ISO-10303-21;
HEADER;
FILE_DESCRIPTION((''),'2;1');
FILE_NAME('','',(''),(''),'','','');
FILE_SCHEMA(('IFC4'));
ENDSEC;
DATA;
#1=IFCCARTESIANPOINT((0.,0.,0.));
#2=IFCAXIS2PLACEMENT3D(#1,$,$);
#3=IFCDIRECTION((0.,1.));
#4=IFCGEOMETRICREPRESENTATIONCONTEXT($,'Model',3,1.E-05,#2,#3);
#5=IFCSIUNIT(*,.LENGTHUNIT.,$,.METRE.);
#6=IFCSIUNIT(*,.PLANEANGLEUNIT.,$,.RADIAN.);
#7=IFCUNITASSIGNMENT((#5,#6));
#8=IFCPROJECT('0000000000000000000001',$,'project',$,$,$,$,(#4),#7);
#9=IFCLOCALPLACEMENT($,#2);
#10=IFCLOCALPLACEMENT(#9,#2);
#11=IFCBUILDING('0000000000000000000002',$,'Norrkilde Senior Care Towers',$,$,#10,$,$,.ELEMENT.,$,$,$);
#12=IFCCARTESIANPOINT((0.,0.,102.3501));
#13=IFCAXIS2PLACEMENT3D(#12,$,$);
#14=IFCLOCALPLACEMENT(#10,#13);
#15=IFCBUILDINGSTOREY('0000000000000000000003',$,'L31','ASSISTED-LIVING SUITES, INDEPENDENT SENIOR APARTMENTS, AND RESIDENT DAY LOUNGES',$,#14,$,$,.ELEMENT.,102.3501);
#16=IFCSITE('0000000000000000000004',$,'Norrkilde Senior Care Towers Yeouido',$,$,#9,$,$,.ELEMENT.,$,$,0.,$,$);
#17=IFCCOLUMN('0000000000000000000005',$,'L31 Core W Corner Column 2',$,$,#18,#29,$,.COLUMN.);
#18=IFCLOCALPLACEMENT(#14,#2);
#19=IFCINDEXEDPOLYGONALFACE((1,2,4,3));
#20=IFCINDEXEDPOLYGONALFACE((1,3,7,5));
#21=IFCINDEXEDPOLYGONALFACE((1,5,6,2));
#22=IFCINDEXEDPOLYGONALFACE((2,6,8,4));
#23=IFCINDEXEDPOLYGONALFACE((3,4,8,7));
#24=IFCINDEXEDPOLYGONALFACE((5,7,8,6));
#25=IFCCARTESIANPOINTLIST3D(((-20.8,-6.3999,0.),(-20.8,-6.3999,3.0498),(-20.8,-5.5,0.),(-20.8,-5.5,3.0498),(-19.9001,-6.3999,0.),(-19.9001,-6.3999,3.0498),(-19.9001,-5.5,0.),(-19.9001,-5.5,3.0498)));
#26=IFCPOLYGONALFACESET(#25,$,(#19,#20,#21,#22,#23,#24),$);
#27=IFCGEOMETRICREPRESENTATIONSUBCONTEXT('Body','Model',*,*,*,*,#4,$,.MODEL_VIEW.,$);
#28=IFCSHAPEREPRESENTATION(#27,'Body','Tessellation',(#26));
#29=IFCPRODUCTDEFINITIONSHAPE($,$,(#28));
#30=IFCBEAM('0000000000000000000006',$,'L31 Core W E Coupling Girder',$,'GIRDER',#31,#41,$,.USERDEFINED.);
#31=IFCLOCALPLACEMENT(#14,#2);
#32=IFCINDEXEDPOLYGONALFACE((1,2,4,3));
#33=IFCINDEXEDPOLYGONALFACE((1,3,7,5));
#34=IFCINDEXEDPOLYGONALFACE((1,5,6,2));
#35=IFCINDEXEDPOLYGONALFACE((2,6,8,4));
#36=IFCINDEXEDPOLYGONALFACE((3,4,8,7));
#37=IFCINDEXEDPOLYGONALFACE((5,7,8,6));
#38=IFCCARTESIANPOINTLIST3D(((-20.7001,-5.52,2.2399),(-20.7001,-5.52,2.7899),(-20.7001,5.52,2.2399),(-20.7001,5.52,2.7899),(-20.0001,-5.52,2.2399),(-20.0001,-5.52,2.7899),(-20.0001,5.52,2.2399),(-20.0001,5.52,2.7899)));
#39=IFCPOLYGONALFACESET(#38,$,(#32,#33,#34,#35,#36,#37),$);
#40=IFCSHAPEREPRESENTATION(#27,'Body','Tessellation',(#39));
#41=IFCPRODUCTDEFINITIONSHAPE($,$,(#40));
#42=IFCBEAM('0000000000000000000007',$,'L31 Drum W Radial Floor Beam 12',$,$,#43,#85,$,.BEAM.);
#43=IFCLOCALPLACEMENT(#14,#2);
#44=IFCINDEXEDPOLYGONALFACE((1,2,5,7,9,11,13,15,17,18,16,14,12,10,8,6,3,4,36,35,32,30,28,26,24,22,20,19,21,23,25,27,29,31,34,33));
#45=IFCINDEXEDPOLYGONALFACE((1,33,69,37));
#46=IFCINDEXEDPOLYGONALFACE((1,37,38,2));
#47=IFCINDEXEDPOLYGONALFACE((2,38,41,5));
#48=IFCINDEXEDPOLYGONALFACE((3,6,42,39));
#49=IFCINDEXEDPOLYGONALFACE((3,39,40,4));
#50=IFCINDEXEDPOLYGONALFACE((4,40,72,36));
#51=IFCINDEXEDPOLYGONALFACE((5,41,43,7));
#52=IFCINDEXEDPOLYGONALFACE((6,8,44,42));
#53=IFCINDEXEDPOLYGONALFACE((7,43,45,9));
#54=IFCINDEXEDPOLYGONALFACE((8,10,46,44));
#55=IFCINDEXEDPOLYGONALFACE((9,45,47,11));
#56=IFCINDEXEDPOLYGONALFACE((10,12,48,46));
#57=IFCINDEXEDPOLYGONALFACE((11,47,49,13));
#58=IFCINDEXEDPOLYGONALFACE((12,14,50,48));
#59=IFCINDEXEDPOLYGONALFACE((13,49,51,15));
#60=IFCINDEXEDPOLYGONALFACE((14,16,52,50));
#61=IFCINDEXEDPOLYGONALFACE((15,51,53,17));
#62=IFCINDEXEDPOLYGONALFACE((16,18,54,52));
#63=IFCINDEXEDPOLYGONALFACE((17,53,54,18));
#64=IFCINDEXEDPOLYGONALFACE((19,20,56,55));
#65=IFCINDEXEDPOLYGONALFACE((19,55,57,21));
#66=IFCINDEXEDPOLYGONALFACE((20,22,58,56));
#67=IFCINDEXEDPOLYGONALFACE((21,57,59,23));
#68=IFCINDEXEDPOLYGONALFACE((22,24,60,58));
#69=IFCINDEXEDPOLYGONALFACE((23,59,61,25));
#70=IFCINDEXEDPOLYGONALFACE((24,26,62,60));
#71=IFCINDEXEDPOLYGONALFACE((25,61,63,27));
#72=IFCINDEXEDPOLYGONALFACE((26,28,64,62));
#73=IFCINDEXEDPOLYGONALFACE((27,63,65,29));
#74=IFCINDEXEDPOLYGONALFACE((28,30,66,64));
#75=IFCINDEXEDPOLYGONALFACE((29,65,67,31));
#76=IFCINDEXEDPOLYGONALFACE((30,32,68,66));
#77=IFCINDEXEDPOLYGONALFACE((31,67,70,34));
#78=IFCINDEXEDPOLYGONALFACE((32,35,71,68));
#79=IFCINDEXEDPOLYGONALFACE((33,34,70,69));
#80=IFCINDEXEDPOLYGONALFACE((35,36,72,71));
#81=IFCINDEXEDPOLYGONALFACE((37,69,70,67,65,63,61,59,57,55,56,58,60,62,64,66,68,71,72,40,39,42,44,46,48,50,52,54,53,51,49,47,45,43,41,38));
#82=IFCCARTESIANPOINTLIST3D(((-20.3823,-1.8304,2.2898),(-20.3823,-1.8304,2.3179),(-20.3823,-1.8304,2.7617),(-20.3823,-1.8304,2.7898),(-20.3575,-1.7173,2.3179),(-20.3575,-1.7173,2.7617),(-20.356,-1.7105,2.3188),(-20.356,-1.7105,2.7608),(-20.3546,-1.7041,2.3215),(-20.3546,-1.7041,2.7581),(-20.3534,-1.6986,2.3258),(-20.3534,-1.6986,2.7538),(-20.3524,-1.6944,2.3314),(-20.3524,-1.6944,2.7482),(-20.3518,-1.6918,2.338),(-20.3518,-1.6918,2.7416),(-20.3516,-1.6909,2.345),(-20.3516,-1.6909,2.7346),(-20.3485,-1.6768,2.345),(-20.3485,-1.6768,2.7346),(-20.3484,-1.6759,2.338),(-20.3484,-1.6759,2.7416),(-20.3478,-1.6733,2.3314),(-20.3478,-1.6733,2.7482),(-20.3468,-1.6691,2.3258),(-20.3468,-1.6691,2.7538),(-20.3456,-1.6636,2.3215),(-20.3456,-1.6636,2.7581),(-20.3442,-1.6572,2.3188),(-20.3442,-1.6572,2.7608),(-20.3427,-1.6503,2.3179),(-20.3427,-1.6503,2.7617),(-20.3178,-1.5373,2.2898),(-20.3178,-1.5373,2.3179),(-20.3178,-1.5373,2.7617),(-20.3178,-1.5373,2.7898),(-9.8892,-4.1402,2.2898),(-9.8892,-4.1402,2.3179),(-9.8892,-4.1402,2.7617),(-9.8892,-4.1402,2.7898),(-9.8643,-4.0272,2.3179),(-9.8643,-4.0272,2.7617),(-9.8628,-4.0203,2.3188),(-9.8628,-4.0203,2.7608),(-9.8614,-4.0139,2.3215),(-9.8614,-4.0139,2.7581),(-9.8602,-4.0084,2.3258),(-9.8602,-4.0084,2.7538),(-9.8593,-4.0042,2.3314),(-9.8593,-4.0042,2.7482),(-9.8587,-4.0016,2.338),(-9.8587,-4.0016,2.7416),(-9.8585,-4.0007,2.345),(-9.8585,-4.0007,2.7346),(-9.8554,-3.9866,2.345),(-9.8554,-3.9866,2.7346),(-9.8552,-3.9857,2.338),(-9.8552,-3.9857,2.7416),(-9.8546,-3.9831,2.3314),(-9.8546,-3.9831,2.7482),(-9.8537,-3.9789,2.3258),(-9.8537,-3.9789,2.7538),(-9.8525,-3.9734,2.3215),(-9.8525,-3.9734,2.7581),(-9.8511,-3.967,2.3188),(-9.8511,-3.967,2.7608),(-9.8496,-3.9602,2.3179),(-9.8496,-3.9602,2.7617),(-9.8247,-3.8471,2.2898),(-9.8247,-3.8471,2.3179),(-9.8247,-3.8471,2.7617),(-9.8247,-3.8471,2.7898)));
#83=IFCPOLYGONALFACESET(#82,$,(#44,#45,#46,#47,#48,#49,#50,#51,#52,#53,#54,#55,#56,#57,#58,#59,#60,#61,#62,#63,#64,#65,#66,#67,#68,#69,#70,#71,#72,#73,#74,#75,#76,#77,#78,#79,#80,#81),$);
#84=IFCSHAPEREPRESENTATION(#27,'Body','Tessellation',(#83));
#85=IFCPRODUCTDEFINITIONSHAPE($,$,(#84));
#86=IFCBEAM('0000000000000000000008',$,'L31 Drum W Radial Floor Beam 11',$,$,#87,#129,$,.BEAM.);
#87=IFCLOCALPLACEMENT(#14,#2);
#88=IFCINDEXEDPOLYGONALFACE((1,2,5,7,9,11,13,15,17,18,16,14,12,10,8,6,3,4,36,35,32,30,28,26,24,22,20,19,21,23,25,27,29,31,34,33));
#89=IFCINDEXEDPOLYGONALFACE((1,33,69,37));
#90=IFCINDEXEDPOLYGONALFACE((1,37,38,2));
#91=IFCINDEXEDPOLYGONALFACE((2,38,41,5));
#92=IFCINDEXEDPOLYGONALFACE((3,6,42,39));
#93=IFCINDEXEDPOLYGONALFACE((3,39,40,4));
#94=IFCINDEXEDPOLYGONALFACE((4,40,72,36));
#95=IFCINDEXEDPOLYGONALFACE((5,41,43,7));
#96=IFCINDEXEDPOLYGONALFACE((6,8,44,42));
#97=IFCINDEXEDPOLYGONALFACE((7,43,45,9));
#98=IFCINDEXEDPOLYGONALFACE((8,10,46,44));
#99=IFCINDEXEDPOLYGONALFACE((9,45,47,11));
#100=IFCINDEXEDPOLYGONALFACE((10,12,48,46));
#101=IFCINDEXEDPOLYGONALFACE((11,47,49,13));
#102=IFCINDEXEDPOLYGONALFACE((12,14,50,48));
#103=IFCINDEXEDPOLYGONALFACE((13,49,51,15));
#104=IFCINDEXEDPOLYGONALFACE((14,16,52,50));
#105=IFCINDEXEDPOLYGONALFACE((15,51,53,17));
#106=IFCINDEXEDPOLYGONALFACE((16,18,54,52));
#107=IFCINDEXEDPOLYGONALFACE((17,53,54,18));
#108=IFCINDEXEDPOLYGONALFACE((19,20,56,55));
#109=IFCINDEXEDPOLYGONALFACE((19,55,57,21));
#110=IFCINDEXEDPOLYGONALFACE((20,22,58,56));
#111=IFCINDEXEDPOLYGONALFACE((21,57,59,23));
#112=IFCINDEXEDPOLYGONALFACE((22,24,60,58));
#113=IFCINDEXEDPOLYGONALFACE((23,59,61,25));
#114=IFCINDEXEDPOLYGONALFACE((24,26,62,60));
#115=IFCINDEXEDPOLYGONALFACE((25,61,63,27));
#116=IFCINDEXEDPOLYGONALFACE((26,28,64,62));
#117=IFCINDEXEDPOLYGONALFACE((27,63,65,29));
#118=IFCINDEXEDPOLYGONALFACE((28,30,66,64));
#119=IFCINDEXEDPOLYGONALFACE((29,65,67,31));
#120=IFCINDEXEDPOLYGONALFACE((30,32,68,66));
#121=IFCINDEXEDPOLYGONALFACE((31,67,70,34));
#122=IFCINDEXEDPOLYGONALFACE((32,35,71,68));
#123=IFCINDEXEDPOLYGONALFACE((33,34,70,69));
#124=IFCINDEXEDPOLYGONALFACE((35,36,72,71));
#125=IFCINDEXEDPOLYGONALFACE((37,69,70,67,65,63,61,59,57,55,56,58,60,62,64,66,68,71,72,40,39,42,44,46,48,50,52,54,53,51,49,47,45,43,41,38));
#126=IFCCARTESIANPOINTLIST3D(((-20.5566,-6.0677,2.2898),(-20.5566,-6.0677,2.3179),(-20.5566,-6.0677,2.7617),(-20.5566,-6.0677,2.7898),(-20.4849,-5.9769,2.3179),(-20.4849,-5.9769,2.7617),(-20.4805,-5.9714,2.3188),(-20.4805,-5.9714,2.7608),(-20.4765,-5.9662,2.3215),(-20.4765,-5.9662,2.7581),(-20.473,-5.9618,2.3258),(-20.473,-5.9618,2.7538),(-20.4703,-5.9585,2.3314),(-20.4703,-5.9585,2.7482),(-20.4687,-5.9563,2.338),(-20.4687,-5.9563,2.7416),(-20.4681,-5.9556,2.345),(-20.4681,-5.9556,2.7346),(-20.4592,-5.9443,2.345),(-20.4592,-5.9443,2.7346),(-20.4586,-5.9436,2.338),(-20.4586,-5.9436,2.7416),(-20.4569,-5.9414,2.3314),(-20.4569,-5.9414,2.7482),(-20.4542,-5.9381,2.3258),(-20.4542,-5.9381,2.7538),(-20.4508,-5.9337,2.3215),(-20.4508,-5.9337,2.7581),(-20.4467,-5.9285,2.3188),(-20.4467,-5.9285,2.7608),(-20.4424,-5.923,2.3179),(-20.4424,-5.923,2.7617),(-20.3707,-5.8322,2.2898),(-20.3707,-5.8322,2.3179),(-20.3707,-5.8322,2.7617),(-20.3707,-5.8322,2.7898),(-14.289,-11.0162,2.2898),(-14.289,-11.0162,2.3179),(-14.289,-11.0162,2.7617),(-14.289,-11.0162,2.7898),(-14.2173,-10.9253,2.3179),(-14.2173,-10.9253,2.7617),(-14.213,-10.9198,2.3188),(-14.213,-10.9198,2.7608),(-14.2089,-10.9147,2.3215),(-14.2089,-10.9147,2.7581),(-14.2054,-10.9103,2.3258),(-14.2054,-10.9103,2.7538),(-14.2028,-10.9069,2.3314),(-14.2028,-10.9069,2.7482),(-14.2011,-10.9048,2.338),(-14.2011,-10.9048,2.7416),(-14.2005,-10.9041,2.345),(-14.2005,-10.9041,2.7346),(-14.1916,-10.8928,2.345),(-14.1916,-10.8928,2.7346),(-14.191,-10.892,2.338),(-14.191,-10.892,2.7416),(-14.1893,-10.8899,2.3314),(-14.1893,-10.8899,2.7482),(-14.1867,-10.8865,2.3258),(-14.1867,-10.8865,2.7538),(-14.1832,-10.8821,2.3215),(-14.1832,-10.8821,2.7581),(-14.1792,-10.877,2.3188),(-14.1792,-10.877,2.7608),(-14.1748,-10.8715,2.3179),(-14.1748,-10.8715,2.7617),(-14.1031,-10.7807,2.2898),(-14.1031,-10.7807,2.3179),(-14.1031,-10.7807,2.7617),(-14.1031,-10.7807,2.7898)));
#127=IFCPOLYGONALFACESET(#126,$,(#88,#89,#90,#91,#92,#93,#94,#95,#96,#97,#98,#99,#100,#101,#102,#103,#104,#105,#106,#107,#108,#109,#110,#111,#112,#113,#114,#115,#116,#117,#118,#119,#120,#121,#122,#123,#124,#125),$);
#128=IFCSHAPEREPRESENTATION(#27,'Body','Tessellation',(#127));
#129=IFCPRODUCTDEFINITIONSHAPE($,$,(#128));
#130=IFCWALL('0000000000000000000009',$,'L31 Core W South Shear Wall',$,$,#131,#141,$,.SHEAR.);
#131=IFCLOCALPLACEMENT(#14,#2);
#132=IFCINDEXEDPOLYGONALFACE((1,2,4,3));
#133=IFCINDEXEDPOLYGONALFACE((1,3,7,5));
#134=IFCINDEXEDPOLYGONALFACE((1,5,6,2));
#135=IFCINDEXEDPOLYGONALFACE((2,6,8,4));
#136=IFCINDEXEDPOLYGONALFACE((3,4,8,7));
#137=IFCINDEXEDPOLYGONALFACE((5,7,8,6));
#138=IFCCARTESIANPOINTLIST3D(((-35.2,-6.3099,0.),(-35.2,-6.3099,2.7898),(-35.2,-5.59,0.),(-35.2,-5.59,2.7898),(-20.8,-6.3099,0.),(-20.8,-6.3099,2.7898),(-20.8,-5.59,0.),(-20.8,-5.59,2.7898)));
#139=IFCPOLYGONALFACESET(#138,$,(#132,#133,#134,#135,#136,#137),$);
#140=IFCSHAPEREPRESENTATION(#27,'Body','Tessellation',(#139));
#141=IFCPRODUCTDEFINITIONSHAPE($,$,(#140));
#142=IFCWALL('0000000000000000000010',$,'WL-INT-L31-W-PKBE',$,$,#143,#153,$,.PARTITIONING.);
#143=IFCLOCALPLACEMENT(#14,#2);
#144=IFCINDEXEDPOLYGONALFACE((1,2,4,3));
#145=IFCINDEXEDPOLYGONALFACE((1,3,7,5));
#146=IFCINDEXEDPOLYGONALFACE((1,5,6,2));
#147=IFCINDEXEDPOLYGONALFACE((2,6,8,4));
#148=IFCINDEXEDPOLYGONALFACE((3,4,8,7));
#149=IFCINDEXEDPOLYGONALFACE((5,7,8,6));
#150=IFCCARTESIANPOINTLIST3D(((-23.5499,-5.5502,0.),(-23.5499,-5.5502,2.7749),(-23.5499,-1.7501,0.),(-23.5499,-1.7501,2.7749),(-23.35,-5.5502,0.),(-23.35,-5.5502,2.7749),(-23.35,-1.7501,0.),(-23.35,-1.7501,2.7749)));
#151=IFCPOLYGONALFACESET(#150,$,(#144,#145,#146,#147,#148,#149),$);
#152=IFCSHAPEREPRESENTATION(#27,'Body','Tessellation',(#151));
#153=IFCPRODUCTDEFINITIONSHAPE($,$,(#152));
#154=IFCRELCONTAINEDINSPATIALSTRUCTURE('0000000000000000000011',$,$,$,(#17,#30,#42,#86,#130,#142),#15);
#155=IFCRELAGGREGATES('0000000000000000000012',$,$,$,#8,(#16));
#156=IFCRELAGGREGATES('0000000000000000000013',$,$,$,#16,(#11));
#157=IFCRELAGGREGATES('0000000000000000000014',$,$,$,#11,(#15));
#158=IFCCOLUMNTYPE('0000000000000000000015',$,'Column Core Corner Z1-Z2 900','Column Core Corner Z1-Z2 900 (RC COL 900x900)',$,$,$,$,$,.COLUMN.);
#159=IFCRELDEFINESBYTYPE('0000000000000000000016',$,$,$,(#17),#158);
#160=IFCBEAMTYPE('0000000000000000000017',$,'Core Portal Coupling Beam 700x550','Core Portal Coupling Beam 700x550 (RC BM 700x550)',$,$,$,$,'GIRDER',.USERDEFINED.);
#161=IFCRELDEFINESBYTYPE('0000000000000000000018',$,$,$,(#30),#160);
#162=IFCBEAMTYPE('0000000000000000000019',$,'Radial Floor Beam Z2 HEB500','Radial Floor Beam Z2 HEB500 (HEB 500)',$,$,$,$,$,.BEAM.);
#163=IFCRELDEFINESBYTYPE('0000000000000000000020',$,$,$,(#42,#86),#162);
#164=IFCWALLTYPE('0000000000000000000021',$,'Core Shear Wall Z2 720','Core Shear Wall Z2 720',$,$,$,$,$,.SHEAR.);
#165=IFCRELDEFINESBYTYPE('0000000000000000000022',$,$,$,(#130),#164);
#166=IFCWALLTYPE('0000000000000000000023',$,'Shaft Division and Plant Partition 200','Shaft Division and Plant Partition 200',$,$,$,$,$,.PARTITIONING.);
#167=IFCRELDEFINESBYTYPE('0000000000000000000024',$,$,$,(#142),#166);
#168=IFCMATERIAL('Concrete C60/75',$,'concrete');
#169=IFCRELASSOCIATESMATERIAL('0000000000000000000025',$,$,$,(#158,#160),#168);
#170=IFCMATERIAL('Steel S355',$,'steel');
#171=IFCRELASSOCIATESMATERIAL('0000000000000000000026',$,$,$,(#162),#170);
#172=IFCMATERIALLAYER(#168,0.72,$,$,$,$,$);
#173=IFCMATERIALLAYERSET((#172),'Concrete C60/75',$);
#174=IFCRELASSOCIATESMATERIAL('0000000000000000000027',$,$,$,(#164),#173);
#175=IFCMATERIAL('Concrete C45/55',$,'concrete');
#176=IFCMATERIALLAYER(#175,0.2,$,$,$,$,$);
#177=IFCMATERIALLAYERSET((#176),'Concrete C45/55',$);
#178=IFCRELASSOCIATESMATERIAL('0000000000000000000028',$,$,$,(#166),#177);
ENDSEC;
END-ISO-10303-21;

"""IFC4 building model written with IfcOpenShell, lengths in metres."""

from ifc_helpers import new_model, si_unit, direction, frame, frame_2d, origin, origin_2d, place, context, subcontext, project, spatial, rectangle, i_section, extrude, source, transform, mapped, material, layer, layer_set, material_profile, profile_set, type_object, type_shapes, element, save


model = new_model("IFC4")

# Units and contexts
model_context = context("Model", 3, precision=1e-05, world=origin(), true_north=direction((0.0, 1.0)))
body_context = subcontext(model_context, "Body", "Model", "MODEL_VIEW")
ifc_project = project(units=[si_unit("LENGTHUNIT", "METRE"), si_unit("PLANEANGLEUNIT", "RADIAN")], contexts=[model_context])

# Site, building, storey
site_placement = place(None, origin())
site = spatial("IfcSite", under=ifc_project, at=site_placement, Name="Norrkilde Senior Care Towers Yeouido", CompositionType="ELEMENT", RefElevation=0.0)
building_placement = place(site_placement, origin())
building = spatial("IfcBuilding", under=site, at=building_placement, Name="Norrkilde Senior Care Towers", CompositionType="ELEMENT")
storey_placement = place(building_placement, frame((0.0, 0.0, 102.3501)))
storey = spatial("IfcBuildingStorey", under=building, at=storey_placement, Name="L31", Description="ASSISTED-LIVING SUITES, INDEPENDENT SENIOR APARTMENTS, AND RESIDENT DAY LOUNGES", CompositionType="ELEMENT", Elevation=102.3501)

# Column
ifc_material_1 = material(Name="Concrete C60/75", Category="concrete")
ifc_material_profile_1 = material_profile(ifc_material_1, rectangle(XDim=0.8999, YDim=0.8999, at=origin_2d()), Name="RC COL 900x900")
ifc_profile_set_1 = profile_set([ifc_material_profile_1], Name="Concrete C60/75")
column_type = type_object("IfcColumnType", Name="Column Core Corner Z1-Z2 900", Description="Column Core Corner Z1-Z2 900 (RC COL 900x900)", PredefinedType="COLUMN", material=ifc_profile_set_1)
shared_shape_1 = source(origin(), body_context, "Body", "SweptSolid", [
    extrude(rectangle(XDim=0.8999, YDim=0.8999, at=origin_2d()), origin(), (0.0, 0.0, 1.0), 3.0498),
])
type_shapes(column_type, [shared_shape_1])
column_placement = place(storey_placement, frame((-20.3501, -5.95, 0.0), z_axis=(0.0, 0.0, 1.0), x_axis=(1.0, 0.0, 0.0)))
element("IfcColumn", 1, at=column_placement, inside=storey, type_object=column_type, Name="L31 Core W Corner Column 2", PredefinedType="COLUMN", context=body_context, shape_type="MappedRepresentation", body=[
    mapped(shared_shape_1, transform((0.0, 0.0, 0.0), x_axis=(1.0, 0.0, 0.0), y_axis=(0.0, 1.0, 0.0), z_axis=(0.0, 0.0, 1.0), scale=1.0)),
])

# Beams
ifc_material_profile_2 = material_profile(ifc_material_1, rectangle(XDim=0.7, YDim=0.55, at=origin_2d()), Name="RC BM 700x550")
ifc_profile_set_2 = profile_set([ifc_material_profile_2], Name="Concrete C60/75")
beam_type_1 = type_object("IfcBeamType", Name="Core Portal Coupling Beam 700x550", Description="Core Portal Coupling Beam 700x550 (RC BM 700x550)", ElementType="GIRDER", PredefinedType="USERDEFINED", material=ifc_profile_set_2)
shared_shape_2 = source(origin(), body_context, "Body", "SweptSolid", [
    extrude(rectangle(XDim=0.7, YDim=0.55, at=origin_2d()), origin(), (0.0, 0.0, 1.0), 11.04),
])
type_shapes(beam_type_1, [shared_shape_2])
beam_1_placement = place(storey_placement, frame((-20.3501, -5.52, 2.5149), z_axis=(0.0, 1.0, 0.0), x_axis=(-1.0, 0.0, 0.0)))
element("IfcBeam", 2, at=beam_1_placement, inside=storey, type_object=beam_type_1, Name="L31 Core W E Coupling Girder", ObjectType="GIRDER", PredefinedType="USERDEFINED", context=body_context, shape_type="MappedRepresentation", body=[
    mapped(shared_shape_2, transform((0.0, 0.0, 0.0), x_axis=(1.0, 0.0, 0.0), y_axis=(0.0, 1.0, 0.0), z_axis=(0.0, 0.0, 1.0), scale=1.0)),
])
ifc_material_2 = material(Name="Steel S355", Category="steel")
ifc_material_profile_3 = material_profile(ifc_material_2, i_section(OverallWidth=0.3, OverallDepth=0.5, WebThickness=0.0144, FlangeThickness=0.0281, FilletRadius=0.0271, at=origin_2d()), Name="HEB 500")
ifc_profile_set_3 = profile_set([ifc_material_profile_3], Name="Steel S355")
beam_type_2 = type_object("IfcBeamType", Name="Radial Floor Beam Z2 HEB500", Description="Radial Floor Beam Z2 HEB500 (HEB 500)", PredefinedType="BEAM", material=ifc_profile_set_3)
shared_shape_3 = source(origin(), body_context, "Body", "SweptSolid", [
    extrude(i_section(OverallWidth=0.3, OverallDepth=0.5, WebThickness=0.0144, FlangeThickness=0.0281, FilletRadius=0.0271, at=origin_2d()), origin(), (0.0, 0.0, 1.0), 10.7444),
])
beam_2_placement = place(storey_placement, frame((-20.3501, -1.6838, 2.5398), z_axis=(0.976619, -0.214979, 0.0), x_axis=(0.214979, 0.976619, 0.0)))
element("IfcBeam", 3, at=beam_2_placement, inside=storey, type_object=beam_type_2, Name="L31 Drum W Radial Floor Beam 12", PredefinedType="BEAM", context=body_context, shape_type="MappedRepresentation", body=[
    mapped(shared_shape_3, transform((0.0, 0.0, 0.0), x_axis=(1.0, 0.0, 0.0), y_axis=(0.0, 1.0, 0.0), z_axis=(0.0, 0.0, 1.0), scale=1.0)),
])
shared_shape_4 = source(origin(), body_context, "Body", "SweptSolid", [
    extrude(i_section(OverallWidth=0.3, OverallDepth=0.5, WebThickness=0.0144, FlangeThickness=0.0281, FilletRadius=0.0271, at=origin_2d()), origin(), (0.0, 0.0, 1.0), 7.9856),
])
type_shapes(beam_type_2, [shared_shape_3, shared_shape_4])
beam_3_placement = place(storey_placement, frame((-20.4636, -5.95, 2.5398), z_axis=(0.784859, -0.619675, 0.0), x_axis=(0.619675, 0.784859, 0.0)))
element("IfcBeam", 4, at=beam_3_placement, inside=storey, type_object=beam_type_2, Name="L31 Drum W Radial Floor Beam 11", PredefinedType="BEAM", context=body_context, shape_type="MappedRepresentation", body=[
    mapped(shared_shape_4, transform((0.0, 0.0, 0.0), x_axis=(1.0, 0.0, 0.0), y_axis=(0.0, 1.0, 0.0), z_axis=(0.0, 0.0, 1.0), scale=1.0)),
])

# Walls
ifc_layer_1 = layer(ifc_material_1, 0.72)
ifc_layer_set_1 = layer_set([ifc_layer_1], Name="Concrete C60/75")
wall_type_1 = type_object("IfcWallType", Name="Core Shear Wall Z2 720", Description="Core Shear Wall Z2 720", PredefinedType="SHEAR", material=ifc_layer_set_1)
shared_shape_5 = source(origin(), body_context, "Body", "SweptSolid", [
    extrude(rectangle(XDim=14.3999, YDim=0.72, at=frame_2d((7.2, 0.0))), origin(), (0.0, 0.0, 1.0), 2.7898),
])
type_shapes(wall_type_1, [shared_shape_5])
wall_1_placement = place(storey_placement, frame((-20.8, -5.95, 0.0), z_axis=(0.0, 0.0, 1.0), x_axis=(-1.0, 0.0, 0.0)))
element("IfcWall", 5, at=wall_1_placement, inside=storey, type_object=wall_type_1, Name="L31 Core W South Shear Wall", PredefinedType="SHEAR", context=body_context, shape_type="MappedRepresentation", body=[
    mapped(shared_shape_5, transform((0.0, 0.0, 0.0), x_axis=(1.0, 0.0, 0.0), y_axis=(0.0, 1.0, 0.0), z_axis=(0.0, 0.0, 1.0), scale=1.0)),
])
ifc_material_3 = material(Name="Concrete C45/55", Category="concrete")
ifc_layer_2 = layer(ifc_material_3, 0.2)
ifc_layer_set_2 = layer_set([ifc_layer_2], Name="Concrete C45/55")
wall_type_2 = type_object("IfcWallType", Name="Shaft Division and Plant Partition 200", Description="Shaft Division and Plant Partition 200", PredefinedType="PARTITIONING", material=ifc_layer_set_2)
shared_shape_6 = source(origin(), body_context, "Body", "SweptSolid", [
    extrude(rectangle(XDim=3.8, YDim=0.2, at=frame_2d((1.8999, 0.0))), origin(), (0.0, 0.0, 1.0), 2.7749),
])
type_shapes(wall_type_2, [shared_shape_6])
wall_2_placement = place(storey_placement, frame((-23.45, -5.55, 0.0), z_axis=(0.0, 0.0, 1.0), x_axis=(0.0, 1.0, 0.0)))
element("IfcWall", 6, at=wall_2_placement, inside=storey, type_object=wall_type_2, Name="WL-INT-L31-W-PKBE", PredefinedType="PARTITIONING", context=body_context, shape_type="MappedRepresentation", body=[
    mapped(shared_shape_6, transform((0.0, 0.0, 0.0), x_axis=(1.0, 0.0, 0.0), y_axis=(0.0, 1.0, 0.0), z_axis=(0.0, 0.0, 1.0), scale=1.0)),
])

save(model, "model.ifc")
